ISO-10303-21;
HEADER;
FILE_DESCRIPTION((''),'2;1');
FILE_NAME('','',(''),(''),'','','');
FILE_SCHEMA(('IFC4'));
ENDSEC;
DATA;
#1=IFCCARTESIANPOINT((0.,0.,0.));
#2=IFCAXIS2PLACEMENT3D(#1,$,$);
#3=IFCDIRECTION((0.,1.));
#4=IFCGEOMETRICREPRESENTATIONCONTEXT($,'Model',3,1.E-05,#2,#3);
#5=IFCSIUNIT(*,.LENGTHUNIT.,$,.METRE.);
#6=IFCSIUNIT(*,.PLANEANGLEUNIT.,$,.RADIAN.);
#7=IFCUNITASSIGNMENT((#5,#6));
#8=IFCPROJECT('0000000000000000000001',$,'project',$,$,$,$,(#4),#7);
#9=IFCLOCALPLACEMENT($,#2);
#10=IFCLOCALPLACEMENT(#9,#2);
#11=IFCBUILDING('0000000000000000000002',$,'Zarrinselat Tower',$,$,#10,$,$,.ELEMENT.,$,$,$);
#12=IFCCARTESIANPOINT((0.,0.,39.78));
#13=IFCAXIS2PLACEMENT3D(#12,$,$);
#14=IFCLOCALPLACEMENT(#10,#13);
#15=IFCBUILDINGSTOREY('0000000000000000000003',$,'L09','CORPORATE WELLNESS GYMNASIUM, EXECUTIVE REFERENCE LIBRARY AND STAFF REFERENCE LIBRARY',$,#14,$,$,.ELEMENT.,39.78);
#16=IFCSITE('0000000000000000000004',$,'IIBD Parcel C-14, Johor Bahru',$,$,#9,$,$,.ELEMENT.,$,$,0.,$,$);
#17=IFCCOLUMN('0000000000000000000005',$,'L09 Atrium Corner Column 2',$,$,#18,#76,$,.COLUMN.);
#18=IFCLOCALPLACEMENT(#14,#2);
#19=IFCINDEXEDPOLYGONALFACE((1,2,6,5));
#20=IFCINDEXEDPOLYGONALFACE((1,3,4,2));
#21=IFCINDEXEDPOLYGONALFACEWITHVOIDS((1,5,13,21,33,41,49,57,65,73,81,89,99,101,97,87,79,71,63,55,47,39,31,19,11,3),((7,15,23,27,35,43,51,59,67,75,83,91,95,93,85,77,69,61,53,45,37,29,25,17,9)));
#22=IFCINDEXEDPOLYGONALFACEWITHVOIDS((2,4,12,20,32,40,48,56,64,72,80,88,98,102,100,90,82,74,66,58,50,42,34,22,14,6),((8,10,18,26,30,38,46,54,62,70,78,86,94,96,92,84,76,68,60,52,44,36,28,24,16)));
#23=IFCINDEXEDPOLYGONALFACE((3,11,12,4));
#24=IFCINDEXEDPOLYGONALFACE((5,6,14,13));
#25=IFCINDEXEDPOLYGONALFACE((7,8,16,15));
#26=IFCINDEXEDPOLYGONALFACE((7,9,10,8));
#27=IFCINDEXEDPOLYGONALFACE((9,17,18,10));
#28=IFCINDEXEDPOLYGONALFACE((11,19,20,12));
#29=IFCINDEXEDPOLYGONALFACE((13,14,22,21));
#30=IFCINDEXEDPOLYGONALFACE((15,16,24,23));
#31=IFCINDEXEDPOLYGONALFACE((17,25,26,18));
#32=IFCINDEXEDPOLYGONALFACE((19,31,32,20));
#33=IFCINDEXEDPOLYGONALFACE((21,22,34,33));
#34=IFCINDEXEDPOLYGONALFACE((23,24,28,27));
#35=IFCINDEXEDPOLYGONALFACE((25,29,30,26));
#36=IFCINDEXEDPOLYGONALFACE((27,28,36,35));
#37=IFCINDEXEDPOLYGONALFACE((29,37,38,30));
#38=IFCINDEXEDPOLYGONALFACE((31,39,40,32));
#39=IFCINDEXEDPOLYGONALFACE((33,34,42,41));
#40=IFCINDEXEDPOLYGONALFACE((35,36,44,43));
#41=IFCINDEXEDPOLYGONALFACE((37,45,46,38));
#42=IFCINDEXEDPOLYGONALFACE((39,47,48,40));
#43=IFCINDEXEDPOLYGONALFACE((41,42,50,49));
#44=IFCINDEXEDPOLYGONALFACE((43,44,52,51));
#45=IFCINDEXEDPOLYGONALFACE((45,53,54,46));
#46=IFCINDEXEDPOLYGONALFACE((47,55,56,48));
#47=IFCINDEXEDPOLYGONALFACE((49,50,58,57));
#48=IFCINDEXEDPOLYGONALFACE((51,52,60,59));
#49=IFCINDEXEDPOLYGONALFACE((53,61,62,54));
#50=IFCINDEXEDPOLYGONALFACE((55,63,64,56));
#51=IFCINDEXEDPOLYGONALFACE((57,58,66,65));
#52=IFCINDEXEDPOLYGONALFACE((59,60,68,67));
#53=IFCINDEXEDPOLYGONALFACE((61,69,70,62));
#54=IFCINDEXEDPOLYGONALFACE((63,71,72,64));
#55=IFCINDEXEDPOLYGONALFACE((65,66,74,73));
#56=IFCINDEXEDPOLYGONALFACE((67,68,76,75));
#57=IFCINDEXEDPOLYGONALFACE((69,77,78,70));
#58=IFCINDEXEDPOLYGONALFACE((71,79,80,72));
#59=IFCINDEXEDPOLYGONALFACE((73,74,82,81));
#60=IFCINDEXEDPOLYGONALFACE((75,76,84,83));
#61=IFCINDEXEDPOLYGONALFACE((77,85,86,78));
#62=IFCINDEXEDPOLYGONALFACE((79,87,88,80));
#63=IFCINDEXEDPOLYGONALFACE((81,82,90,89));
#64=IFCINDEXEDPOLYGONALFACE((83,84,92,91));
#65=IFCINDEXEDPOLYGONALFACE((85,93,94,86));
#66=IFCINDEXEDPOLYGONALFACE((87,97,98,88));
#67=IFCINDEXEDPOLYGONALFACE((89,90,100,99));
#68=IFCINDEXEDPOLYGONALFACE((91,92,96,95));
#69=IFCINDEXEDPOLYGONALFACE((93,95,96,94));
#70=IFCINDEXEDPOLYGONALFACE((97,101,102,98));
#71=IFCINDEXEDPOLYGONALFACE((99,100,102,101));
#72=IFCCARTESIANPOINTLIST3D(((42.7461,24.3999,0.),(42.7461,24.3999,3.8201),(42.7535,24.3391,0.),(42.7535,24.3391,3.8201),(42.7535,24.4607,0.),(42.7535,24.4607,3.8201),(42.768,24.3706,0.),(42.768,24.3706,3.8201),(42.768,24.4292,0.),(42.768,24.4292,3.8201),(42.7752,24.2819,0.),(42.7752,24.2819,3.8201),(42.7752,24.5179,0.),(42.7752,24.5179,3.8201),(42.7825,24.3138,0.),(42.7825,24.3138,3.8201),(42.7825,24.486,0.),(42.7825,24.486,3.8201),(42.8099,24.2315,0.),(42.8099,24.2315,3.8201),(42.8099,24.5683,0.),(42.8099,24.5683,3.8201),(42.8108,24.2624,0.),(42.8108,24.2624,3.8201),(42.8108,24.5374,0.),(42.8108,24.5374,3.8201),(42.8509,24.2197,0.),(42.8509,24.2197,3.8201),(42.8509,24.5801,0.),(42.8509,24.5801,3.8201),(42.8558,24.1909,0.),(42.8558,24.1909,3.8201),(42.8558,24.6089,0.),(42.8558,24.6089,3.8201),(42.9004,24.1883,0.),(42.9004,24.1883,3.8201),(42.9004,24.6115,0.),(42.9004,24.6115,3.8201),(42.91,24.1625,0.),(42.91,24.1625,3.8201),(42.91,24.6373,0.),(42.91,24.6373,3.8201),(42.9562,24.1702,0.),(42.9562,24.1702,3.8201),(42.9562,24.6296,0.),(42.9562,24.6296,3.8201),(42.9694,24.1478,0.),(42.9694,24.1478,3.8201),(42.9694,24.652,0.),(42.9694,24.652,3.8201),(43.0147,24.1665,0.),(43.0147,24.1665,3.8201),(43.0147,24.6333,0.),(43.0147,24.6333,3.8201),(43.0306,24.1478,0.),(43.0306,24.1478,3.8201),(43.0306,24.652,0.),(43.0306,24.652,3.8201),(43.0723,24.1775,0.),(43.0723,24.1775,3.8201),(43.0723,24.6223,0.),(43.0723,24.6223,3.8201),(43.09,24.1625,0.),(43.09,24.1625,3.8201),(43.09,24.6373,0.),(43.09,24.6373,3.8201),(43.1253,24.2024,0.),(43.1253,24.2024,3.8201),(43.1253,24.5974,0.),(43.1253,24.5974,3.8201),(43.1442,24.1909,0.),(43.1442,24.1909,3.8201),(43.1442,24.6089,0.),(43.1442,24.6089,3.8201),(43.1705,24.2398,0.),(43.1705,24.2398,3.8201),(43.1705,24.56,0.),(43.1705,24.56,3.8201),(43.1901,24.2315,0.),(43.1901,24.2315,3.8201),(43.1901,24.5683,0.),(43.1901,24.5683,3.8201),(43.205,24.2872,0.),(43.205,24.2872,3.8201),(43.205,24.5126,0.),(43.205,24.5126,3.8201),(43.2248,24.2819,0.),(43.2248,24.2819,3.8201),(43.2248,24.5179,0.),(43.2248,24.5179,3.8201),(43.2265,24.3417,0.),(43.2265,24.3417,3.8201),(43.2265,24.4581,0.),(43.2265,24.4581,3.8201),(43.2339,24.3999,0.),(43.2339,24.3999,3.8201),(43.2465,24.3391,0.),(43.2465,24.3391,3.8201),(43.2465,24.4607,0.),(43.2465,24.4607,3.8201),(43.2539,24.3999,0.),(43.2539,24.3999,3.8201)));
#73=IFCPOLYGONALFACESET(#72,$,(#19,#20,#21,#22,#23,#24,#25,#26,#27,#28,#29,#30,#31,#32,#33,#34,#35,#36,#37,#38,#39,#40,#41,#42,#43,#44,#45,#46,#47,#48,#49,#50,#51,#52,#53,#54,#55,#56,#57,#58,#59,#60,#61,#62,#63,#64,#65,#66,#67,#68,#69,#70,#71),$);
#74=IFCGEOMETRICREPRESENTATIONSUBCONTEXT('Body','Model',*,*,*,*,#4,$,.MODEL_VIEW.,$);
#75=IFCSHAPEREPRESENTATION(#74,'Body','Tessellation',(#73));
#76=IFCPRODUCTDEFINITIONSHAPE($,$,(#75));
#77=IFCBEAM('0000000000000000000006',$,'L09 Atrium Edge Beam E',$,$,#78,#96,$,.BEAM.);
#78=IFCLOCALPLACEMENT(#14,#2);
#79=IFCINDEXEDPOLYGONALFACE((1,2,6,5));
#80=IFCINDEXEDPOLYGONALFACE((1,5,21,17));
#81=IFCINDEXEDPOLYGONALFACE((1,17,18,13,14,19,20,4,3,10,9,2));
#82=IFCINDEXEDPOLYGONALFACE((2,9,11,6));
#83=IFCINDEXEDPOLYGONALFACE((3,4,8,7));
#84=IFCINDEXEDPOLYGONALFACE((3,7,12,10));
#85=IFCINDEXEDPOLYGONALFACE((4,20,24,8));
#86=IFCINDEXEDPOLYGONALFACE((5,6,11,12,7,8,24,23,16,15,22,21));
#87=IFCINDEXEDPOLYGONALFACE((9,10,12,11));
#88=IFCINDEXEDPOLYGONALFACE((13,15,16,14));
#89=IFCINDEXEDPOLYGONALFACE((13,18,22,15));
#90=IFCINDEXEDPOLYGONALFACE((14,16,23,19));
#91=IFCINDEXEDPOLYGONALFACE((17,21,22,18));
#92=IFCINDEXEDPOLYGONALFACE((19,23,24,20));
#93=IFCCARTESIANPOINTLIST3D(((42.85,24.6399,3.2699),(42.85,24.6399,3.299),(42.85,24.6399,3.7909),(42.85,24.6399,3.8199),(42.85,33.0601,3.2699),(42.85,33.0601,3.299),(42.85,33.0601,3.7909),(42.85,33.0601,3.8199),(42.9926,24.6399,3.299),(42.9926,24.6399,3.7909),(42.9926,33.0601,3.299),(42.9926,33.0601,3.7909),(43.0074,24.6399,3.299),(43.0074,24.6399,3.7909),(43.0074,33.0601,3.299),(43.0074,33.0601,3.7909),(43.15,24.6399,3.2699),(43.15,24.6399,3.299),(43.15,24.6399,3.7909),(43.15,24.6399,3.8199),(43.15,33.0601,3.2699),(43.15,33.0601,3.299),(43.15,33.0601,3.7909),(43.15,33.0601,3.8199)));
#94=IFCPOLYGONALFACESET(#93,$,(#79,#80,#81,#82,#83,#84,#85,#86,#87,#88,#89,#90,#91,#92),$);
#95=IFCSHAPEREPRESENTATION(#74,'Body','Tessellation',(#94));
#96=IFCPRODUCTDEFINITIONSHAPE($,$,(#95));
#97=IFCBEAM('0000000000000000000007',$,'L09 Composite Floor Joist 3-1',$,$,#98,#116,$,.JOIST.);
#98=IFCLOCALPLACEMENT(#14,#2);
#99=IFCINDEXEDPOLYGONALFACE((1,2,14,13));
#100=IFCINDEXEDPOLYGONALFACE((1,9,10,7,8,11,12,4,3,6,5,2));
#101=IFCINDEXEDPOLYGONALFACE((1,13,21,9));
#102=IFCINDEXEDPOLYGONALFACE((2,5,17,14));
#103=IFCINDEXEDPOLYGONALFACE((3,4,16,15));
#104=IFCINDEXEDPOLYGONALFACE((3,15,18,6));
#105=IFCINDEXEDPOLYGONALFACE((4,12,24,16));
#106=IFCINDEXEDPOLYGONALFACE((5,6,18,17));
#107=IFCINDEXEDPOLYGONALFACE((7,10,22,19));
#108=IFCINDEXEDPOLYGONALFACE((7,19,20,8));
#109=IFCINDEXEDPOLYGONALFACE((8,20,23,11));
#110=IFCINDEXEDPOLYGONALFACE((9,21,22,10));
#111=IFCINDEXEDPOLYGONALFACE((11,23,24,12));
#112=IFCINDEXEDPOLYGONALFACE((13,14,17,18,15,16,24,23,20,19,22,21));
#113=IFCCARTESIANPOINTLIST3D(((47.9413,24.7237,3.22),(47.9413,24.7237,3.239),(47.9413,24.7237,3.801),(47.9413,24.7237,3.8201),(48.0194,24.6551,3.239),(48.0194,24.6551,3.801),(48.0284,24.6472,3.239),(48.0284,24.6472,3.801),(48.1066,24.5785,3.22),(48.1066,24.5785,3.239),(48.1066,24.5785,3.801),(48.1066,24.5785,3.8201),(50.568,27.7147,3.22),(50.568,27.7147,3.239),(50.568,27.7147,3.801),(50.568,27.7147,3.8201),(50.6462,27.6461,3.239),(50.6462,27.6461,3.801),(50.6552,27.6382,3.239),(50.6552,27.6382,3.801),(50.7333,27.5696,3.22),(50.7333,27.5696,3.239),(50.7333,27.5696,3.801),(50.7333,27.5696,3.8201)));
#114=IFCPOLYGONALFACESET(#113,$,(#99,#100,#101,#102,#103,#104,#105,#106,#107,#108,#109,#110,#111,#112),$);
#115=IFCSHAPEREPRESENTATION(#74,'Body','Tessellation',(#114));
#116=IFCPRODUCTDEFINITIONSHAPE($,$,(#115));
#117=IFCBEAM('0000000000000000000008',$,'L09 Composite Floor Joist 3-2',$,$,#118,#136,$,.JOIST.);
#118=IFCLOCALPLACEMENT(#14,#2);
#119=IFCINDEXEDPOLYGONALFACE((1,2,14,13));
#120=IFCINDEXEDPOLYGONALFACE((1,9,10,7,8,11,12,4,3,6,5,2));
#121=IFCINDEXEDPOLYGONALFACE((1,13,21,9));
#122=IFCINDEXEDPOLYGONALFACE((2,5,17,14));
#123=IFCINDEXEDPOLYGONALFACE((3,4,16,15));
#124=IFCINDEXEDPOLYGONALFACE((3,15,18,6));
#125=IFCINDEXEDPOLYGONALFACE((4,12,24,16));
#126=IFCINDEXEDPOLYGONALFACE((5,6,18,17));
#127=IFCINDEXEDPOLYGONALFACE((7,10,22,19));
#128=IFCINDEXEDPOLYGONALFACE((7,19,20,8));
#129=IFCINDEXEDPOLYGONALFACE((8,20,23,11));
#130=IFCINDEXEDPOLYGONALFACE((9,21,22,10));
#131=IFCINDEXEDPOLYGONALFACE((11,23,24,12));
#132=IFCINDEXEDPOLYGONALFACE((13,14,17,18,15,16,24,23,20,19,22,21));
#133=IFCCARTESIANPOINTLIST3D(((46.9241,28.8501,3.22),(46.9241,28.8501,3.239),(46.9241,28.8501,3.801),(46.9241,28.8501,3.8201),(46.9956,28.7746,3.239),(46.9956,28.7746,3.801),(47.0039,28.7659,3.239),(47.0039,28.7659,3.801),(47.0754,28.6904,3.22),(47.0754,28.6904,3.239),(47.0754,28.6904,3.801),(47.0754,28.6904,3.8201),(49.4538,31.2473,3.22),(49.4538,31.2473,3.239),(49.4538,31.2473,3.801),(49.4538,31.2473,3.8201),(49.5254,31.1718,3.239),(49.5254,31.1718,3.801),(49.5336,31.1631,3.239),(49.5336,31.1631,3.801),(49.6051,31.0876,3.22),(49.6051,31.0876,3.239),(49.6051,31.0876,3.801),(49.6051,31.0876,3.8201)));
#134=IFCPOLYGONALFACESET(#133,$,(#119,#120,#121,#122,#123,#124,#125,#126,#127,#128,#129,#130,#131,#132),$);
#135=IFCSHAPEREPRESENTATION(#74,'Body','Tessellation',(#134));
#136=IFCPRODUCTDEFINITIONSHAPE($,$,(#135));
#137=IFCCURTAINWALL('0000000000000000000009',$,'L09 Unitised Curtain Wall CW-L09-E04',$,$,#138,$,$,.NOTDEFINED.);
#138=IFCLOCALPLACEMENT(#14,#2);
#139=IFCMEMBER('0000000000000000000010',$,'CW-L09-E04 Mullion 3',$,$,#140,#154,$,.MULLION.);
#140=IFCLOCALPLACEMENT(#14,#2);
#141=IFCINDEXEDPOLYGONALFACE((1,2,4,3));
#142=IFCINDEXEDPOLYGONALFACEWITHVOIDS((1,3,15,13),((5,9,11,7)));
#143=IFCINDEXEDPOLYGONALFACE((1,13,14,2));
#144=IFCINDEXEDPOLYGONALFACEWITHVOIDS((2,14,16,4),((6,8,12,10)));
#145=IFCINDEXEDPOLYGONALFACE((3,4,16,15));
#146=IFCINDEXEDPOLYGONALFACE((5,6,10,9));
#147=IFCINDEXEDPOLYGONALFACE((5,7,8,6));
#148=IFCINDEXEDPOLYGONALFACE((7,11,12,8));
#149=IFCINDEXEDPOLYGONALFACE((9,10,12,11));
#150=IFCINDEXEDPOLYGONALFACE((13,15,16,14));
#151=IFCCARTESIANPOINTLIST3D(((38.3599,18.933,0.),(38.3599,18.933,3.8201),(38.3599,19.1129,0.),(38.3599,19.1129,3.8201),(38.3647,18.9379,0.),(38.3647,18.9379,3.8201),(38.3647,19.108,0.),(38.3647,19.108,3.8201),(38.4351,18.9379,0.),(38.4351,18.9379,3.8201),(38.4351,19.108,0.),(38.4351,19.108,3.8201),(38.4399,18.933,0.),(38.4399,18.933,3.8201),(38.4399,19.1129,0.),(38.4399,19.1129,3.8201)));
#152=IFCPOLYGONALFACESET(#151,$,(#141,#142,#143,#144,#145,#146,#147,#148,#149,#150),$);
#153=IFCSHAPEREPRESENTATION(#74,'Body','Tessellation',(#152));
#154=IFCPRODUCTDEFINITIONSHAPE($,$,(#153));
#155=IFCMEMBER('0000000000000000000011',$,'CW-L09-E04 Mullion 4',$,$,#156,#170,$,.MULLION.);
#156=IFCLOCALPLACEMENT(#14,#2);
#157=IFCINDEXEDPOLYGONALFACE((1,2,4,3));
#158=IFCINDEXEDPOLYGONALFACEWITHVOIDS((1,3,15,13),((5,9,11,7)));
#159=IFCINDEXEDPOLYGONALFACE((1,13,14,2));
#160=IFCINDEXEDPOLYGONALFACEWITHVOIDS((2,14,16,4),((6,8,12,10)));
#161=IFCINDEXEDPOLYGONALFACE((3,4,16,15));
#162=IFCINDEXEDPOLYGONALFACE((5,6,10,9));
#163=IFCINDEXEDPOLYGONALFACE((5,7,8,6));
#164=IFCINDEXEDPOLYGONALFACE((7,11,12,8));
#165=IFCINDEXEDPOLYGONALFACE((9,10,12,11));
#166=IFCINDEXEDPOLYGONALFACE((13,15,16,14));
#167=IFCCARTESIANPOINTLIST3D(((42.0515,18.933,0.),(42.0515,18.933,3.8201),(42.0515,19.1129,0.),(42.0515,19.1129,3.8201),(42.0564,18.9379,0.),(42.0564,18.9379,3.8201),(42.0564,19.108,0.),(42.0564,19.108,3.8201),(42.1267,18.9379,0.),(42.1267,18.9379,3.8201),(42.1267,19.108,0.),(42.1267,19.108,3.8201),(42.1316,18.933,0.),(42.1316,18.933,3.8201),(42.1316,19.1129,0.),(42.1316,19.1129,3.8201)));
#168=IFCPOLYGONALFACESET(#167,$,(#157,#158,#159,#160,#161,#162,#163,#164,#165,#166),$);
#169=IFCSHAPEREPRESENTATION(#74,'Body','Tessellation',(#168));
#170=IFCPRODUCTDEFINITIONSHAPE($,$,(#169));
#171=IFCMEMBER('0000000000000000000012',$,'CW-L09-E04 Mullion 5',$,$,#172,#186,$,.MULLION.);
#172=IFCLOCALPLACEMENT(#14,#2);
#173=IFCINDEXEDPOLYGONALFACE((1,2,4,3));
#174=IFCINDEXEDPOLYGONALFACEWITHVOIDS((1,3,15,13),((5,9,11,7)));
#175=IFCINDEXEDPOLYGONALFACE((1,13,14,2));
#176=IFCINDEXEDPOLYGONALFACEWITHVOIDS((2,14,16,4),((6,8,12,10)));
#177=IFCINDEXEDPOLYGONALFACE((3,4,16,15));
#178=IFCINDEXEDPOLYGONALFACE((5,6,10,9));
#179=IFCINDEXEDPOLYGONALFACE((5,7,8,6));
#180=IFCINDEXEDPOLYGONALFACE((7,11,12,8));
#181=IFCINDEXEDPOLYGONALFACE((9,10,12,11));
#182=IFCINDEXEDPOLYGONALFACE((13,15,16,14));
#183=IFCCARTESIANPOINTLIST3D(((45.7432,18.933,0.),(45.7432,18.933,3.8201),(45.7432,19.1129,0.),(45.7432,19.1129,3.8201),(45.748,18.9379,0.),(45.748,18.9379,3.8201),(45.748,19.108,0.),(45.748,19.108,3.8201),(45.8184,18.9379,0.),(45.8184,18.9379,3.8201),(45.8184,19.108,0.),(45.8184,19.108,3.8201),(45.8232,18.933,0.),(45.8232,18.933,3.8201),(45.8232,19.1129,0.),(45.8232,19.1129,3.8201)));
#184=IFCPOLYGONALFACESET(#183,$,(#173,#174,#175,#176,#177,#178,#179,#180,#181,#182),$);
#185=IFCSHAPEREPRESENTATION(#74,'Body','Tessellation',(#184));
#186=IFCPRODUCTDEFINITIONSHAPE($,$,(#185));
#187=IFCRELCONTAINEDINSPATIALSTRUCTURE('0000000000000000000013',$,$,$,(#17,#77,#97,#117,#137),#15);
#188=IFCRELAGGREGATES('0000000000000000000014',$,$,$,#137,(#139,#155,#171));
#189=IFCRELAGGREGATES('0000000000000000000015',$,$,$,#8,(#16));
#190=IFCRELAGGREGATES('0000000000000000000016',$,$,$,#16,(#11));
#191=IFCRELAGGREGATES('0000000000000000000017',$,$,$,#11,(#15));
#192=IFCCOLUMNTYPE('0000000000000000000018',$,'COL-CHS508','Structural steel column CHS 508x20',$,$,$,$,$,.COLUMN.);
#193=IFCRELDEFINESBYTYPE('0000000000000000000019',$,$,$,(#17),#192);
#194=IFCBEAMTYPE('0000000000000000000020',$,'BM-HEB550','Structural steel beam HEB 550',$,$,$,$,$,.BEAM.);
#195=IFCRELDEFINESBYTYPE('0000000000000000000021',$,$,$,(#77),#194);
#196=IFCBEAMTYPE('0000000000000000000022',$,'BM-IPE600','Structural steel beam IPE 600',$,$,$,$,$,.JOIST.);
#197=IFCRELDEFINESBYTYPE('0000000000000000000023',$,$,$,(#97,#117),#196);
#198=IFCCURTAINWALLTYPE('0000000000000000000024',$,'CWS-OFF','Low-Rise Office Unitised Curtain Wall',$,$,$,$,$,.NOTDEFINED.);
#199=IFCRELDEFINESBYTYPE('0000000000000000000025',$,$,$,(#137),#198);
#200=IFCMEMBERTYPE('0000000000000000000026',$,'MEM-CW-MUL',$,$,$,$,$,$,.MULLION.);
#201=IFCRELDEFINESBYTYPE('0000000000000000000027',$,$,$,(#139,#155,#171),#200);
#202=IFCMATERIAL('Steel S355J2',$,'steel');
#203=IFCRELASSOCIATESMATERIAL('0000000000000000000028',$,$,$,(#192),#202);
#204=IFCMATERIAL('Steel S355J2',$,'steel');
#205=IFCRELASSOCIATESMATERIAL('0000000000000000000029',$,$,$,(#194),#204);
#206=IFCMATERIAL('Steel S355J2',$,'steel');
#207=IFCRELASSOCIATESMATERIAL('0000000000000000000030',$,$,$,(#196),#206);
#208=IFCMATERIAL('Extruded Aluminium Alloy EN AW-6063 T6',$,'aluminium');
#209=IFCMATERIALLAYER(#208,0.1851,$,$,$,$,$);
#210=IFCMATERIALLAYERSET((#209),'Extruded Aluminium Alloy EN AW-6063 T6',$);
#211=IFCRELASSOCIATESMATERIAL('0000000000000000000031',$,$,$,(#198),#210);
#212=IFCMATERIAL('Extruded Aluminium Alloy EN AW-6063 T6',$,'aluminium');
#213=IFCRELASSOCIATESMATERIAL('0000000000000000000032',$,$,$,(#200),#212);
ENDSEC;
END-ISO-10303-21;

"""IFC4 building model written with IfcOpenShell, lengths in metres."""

from ifc_helpers import new_model, si_unit, direction, frame, origin, origin_2d, place, context, subcontext, project, spatial, hollow_rectangle, hollow_circle, i_section, extrude, material, layer, layer_set, material_profile, profile_set, type_object, element, aggregate, save


model = new_model("IFC4")

# Units and contexts
model_context = context("Model", 3, precision=1e-05, world=origin(), true_north=direction((0.0, 1.0)))
body_context = subcontext(model_context, "Body", "Model", "MODEL_VIEW")
ifc_project = project(units=[si_unit("LENGTHUNIT", "METRE"), si_unit("PLANEANGLEUNIT", "RADIAN")], contexts=[model_context])

# Site, building, storey
site_placement = place(None, origin())
site = spatial("IfcSite", under=ifc_project, at=site_placement, Name="IIBD Parcel C-14, Johor Bahru", CompositionType="ELEMENT", RefElevation=0.0)
building_placement = place(site_placement, origin())
building = spatial("IfcBuilding", under=site, at=building_placement, Name="Zarrinselat Tower", CompositionType="ELEMENT")
storey_placement = place(building_placement, frame((0.0, 0.0, 39.78)))
storey = spatial("IfcBuildingStorey", under=building, at=storey_placement, Name="L09", Description="CORPORATE WELLNESS GYMNASIUM, EXECUTIVE REFERENCE LIBRARY AND STAFF REFERENCE LIBRARY", CompositionType="ELEMENT", Elevation=39.78)

# Column
ifc_material_1 = material(Name="Steel S355J2", Category="steel")
ifc_material_profile_1 = material_profile(ifc_material_1, hollow_circle(Radius=0.2539, WallThickness=0.02, at=origin_2d()), Name="CHS 508x20")
ifc_profile_set_1 = profile_set([ifc_material_profile_1], Name="Steel S355J2")
column_type = type_object("IfcColumnType", Name="COL-CHS508", Description="Structural steel column CHS 508x20", PredefinedType="COLUMN", material=ifc_profile_set_1)
column_placement = place(storey_placement, frame((43.0, 24.3999, 0.0), z_axis=(0.0, 0.0, 1.0), x_axis=(1.0, 0.0, 0.0)))
element("IfcColumn", 1, at=column_placement, inside=storey, type_object=column_type, Name="L09 Atrium Corner Column 2", PredefinedType="COLUMN", context=body_context, shape_type="SweptSolid", body=[
    extrude(hollow_circle(Radius=0.2539, WallThickness=0.02, at=origin_2d()), origin(), (0.0, 0.0, 1.0), 3.8201),
])

# Beams
ifc_material_2 = material(Name="Steel S355J2", Category="steel")
ifc_material_profile_2 = material_profile(ifc_material_2, i_section(OverallWidth=0.3, OverallDepth=0.55, WebThickness=0.0149, FlangeThickness=0.0291, at=origin_2d()), Name="HEB 550")
ifc_profile_set_2 = profile_set([ifc_material_profile_2], Name="Steel S355J2")
beam_type_1 = type_object("IfcBeamType", Name="BM-HEB550", Description="Structural steel beam HEB 550", PredefinedType="BEAM", material=ifc_profile_set_2)
beam_1_placement = place(storey_placement, frame((43.0, 24.6399, 3.5449), z_axis=(0.0, 1.0, 0.0), x_axis=(-1.0, 0.0, 0.0)))
element("IfcBeam", 2, at=beam_1_placement, inside=storey, type_object=beam_type_1, Name="L09 Atrium Edge Beam E", PredefinedType="BEAM", context=body_context, shape_type="SweptSolid", body=[
    extrude(i_section(OverallWidth=0.3, OverallDepth=0.55, WebThickness=0.0149, FlangeThickness=0.0291, at=origin_2d()), origin(), (0.0, 0.0, 1.0), 8.4202),
])
ifc_material_3 = material(Name="Steel S355J2", Category="steel")
ifc_material_profile_3 = material_profile(ifc_material_3, i_section(OverallWidth=0.22, OverallDepth=0.6001, WebThickness=0.012, FlangeThickness=0.019, at=origin_2d()), Name="IPE 600")
ifc_profile_set_3 = profile_set([ifc_material_profile_3], Name="Steel S355J2")
beam_type_2 = type_object("IfcBeamType", Name="BM-IPE600", Description="Structural steel beam IPE 600", PredefinedType="JOIST", material=ifc_profile_set_3)
beam_2_placement = place(storey_placement, frame((48.0239, 24.6511, 3.52), z_axis=(0.659871, 0.751379, 0.0), x_axis=(-0.751379, 0.659871, 0.0)))
element("IfcBeam", 3, at=beam_2_placement, inside=storey, type_object=beam_type_2, Name="L09 Composite Floor Joist 3-1", PredefinedType="JOIST", context=body_context, shape_type="SweptSolid", body=[
    extrude(i_section(OverallWidth=0.22, OverallDepth=0.6001, WebThickness=0.012, FlangeThickness=0.019, at=origin_2d()), origin(), (0.0, 0.0, 1.0), 3.9807),
])
beam_3_placement = place(storey_placement, frame((46.9998, 28.7703, 3.52), z_axis=(0.72587, 0.687832, 0.0), x_axis=(-0.687832, 0.72587, 0.0)))
element("IfcBeam", 4, at=beam_3_placement, inside=storey, type_object=beam_type_2, Name="L09 Composite Floor Joist 3-2", PredefinedType="JOIST", context=body_context, shape_type="SweptSolid", body=[
    extrude(i_section(OverallWidth=0.22, OverallDepth=0.6001, WebThickness=0.012, FlangeThickness=0.019, at=origin_2d()), origin(), (0.0, 0.0, 1.0), 3.4851),
])

# Curtain wall, members
ifc_material_4 = material(Name="Extruded Aluminium Alloy EN AW-6063 T6", Category="aluminium")
ifc_layer_1 = layer(ifc_material_4, 0.1851)
ifc_layer_set_1 = layer_set([ifc_layer_1], Name="Extruded Aluminium Alloy EN AW-6063 T6")
curtain_wall_type = type_object("IfcCurtainWallType", Name="CWS-OFF", Description="Low-Rise Office Unitised Curtain Wall", PredefinedType="NOTDEFINED", material=ifc_layer_set_1)
curtain_wall_placement = place(storey_placement, origin())
curtain_wall = element("IfcCurtainWall", 5, at=curtain_wall_placement, inside=storey, type_object=curtain_wall_type, Name="L09 Unitised Curtain Wall CW-L09-E04", PredefinedType="NOTDEFINED")
ifc_material_5 = material(Name="Extruded Aluminium Alloy EN AW-6063 T6", Category="aluminium")
ifc_material_profile_4 = material_profile(ifc_material_5, hollow_rectangle(XDim=0.0801, YDim=0.1799, WallThickness=0.0049, at=origin_2d()), Name="RHS 180x80x5")
ifc_profile_set_4 = profile_set([ifc_material_profile_4], Name="Extruded Aluminium Alloy EN AW-6063 T6")
member_type_1 = type_object("IfcMemberType", Name="MEM-CW-MUL", PredefinedType="MULLION", material=ifc_profile_set_4)
member_1_placement = place(storey_placement, frame((38.3999, 19.0229, 0.0), z_axis=(0.0, 0.0, 1.0), x_axis=(1.0, 0.0, 0.0)))
member_1 = element("IfcMember", 6, at=member_1_placement, type_object=member_type_1, Name="CW-L09-E04 Mullion 3", PredefinedType="MULLION", context=body_context, shape_type="SweptSolid", body=[
    extrude(hollow_rectangle(XDim=0.0801, YDim=0.1799, WallThickness=0.0049, at=origin_2d()), origin(), (0.0, 0.0, 1.0), 3.8201),
])
member_2_placement = place(storey_placement, frame((42.0916, 19.0229, 0.0), z_axis=(0.0, 0.0, 1.0), x_axis=(1.0, 0.0, 0.0)))
member_2 = element("IfcMember", 7, at=member_2_placement, type_object=member_type_1, Name="CW-L09-E04 Mullion 4", PredefinedType="MULLION", context=body_context, shape_type="SweptSolid", body=[
    extrude(hollow_rectangle(XDim=0.0801, YDim=0.1799, WallThickness=0.0049, at=origin_2d()), origin(), (0.0, 0.0, 1.0), 3.8201),
])
member_3_placement = place(storey_placement, frame((45.7832, 19.0229, 0.0), z_axis=(0.0, 0.0, 1.0), x_axis=(1.0, 0.0, 0.0)))
member_3 = element("IfcMember", 8, at=member_3_placement, type_object=member_type_1, Name="CW-L09-E04 Mullion 5", PredefinedType="MULLION", context=body_context, shape_type="SweptSolid", body=[
    extrude(hollow_rectangle(XDim=0.0801, YDim=0.1799, WallThickness=0.0049, at=origin_2d()), origin(), (0.0, 0.0, 1.0), 3.8201),
])
aggregate(curtain_wall, [member_1, member_2, member_3])

save(model, "model.ifc")
